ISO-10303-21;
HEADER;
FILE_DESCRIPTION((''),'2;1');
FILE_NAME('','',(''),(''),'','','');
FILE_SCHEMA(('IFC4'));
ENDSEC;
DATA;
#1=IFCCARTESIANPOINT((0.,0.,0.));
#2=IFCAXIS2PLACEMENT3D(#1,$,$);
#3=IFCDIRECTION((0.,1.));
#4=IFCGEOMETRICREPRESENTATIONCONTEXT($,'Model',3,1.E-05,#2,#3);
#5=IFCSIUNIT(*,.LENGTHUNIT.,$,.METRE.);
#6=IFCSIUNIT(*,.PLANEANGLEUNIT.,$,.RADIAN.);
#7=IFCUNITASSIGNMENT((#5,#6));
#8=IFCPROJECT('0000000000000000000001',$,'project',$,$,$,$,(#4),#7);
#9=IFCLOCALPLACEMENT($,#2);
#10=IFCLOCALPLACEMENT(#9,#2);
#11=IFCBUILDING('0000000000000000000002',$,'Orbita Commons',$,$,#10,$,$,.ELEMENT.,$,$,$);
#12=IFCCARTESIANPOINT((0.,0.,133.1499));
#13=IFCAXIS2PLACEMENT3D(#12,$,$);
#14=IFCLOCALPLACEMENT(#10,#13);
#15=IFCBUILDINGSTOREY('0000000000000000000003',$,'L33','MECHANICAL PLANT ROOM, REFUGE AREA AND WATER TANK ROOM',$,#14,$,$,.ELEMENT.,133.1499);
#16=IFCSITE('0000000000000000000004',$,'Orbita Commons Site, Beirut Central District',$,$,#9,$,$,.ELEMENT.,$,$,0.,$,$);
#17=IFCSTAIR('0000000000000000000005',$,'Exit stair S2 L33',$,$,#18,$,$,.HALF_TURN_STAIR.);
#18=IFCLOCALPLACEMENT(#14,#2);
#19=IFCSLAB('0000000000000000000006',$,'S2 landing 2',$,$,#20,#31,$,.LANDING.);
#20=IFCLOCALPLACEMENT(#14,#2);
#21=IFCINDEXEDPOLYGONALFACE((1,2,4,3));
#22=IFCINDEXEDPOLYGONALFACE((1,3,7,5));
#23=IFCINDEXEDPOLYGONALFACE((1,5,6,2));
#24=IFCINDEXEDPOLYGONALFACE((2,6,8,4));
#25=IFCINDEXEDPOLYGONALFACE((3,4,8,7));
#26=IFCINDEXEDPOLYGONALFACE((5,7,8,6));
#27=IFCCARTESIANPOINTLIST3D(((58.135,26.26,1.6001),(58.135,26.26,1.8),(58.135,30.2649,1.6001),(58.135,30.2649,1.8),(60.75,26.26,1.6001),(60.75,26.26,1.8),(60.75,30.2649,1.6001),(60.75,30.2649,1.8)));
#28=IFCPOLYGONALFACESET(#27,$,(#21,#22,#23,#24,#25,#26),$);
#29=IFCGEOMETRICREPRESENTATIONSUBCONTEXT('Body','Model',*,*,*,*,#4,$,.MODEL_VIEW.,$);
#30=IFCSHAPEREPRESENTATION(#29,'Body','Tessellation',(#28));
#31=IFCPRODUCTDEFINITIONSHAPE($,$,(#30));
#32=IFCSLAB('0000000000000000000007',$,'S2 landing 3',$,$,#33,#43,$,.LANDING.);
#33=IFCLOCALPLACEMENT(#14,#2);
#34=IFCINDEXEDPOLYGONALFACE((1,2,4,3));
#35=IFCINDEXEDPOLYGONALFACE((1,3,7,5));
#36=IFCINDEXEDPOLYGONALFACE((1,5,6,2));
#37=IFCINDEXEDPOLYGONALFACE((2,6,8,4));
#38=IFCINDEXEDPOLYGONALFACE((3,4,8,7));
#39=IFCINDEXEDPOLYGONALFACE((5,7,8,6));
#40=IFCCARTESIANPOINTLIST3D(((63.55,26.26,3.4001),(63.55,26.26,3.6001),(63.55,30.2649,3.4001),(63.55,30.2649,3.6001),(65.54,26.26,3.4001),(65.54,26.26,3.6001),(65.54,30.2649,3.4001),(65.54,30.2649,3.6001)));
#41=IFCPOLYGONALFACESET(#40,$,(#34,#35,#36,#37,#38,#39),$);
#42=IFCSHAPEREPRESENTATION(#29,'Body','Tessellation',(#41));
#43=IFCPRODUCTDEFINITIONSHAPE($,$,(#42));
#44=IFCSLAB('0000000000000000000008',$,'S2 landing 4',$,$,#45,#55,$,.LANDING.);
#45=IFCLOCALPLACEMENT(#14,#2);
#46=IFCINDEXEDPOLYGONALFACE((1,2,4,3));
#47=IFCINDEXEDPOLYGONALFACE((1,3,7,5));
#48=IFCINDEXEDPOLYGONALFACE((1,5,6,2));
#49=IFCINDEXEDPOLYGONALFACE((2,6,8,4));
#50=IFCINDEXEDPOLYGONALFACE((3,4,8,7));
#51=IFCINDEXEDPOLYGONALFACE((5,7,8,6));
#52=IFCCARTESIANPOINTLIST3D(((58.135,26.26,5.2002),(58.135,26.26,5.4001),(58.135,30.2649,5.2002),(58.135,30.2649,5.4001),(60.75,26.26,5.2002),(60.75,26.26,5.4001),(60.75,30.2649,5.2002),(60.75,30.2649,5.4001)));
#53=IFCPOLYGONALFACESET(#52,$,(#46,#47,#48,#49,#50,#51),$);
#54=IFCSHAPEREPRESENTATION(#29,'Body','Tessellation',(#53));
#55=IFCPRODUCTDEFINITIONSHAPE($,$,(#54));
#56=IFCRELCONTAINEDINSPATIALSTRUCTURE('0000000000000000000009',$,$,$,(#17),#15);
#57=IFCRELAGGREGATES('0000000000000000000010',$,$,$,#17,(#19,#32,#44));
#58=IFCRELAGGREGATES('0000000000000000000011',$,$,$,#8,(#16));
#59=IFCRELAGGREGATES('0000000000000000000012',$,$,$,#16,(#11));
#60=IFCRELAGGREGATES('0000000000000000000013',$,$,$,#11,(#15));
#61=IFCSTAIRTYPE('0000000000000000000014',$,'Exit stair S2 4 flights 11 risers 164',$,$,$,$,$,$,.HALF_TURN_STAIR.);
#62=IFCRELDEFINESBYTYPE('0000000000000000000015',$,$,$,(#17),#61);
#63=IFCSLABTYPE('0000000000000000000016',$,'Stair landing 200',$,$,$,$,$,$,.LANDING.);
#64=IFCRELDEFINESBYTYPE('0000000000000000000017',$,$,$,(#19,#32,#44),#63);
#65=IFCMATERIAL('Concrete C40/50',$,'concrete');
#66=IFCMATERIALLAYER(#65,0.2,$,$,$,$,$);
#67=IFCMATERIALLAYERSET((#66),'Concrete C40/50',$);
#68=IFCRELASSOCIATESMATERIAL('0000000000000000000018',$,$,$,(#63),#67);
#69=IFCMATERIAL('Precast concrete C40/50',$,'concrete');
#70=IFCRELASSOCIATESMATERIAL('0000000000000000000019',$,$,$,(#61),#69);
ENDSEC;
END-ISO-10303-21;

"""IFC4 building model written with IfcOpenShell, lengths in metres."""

from ifc_helpers import new_model, si_unit, direction, frame, origin, place, context, subcontext, project, spatial, polyline, outline, extrude, material, layer, layer_set, type_object, element, aggregate, save


model = new_model("IFC4")

# Units and contexts
model_context = context("Model", 3, precision=1e-05, world=origin(), true_north=direction((0.0, 1.0)))
body_context = subcontext(model_context, "Body", "Model", "MODEL_VIEW")
ifc_project = project(units=[si_unit("LENGTHUNIT", "METRE"), si_unit("PLANEANGLEUNIT", "RADIAN")], contexts=[model_context])

# Site, building, storey
site_placement = place(None, origin())
site = spatial("IfcSite", under=ifc_project, at=site_placement, Name="Orbita Commons Site, Beirut Central District", CompositionType="ELEMENT", RefElevation=0.0)
building_placement = place(site_placement, origin())
building = spatial("IfcBuilding", under=site, at=building_placement, Name="Orbita Commons", CompositionType="ELEMENT")
storey_placement = place(building_placement, frame((0.0, 0.0, 133.1499)))
storey = spatial("IfcBuildingStorey", under=building, at=storey_placement, Name="L33", Description="MECHANICAL PLANT ROOM, REFUGE AREA AND WATER TANK ROOM", CompositionType="ELEMENT", Elevation=133.1499)

# Stair, slabs
ifc_material_1 = material(Name="Concrete C40/50", Category="concrete")
ifc_layer_1 = layer(ifc_material_1, 0.2)
ifc_layer_set_1 = layer_set([ifc_layer_1], Name="Concrete C40/50")
slab_type_1 = type_object("IfcSlabType", Name="Stair landing 200", PredefinedType="LANDING", material=ifc_layer_set_1)
ifc_material_2 = material(Name="Precast concrete C40/50", Category="concrete")
stair_type_1 = type_object("IfcStairType", Name="Exit stair S2 4 flights 11 risers 164", PredefinedType="HALF_TURN_STAIR", material=ifc_material_2)
stair_1_placement = place(storey_placement, origin())
stair_1 = element("IfcStair", 1, at=stair_1_placement, inside=storey, type_object=stair_type_1, Name="Exit stair S2 L33", PredefinedType="HALF_TURN_STAIR")
slab_1_placement = place(storey_placement, frame((0.0, 0.0, 1.6001)))
slab_1 = element("IfcSlab", 2, at=slab_1_placement, type_object=slab_type_1, Name="S2 landing 2", PredefinedType="LANDING", context=body_context, shape_type="SweptSolid", body=[
    extrude(outline(polyline([(58.135, 26.26), (60.75, 26.26), (60.75, 30.2649), (58.135, 30.2649), (58.135, 26.26)])), origin(), (0.0, 0.0, 1.0), 0.2),
])
slab_2_placement = place(storey_placement, frame((0.0, 0.0, 3.4001)))
slab_2 = element("IfcSlab", 3, at=slab_2_placement, type_object=slab_type_1, Name="S2 landing 3", PredefinedType="LANDING", context=body_context, shape_type="SweptSolid", body=[
    extrude(outline(polyline([(63.55, 26.26), (65.54, 26.26), (65.54, 30.2649), (63.55, 30.2649), (63.55, 26.26)])), origin(), (0.0, 0.0, 1.0), 0.2),
])
slab_3_placement = place(storey_placement, frame((0.0, 0.0, 5.2002)))
slab_3 = element("IfcSlab", 4, at=slab_3_placement, type_object=slab_type_1, Name="S2 landing 4", PredefinedType="LANDING", context=body_context, shape_type="SweptSolid", body=[
    extrude(outline(polyline([(58.135, 26.26), (60.75, 26.26), (60.75, 30.2649), (58.135, 30.2649), (58.135, 26.26)])), origin(), (0.0, 0.0, 1.0), 0.2),
])
aggregate(stair_1, [slab_1, slab_2, slab_3])

save(model, "model.ifc")
